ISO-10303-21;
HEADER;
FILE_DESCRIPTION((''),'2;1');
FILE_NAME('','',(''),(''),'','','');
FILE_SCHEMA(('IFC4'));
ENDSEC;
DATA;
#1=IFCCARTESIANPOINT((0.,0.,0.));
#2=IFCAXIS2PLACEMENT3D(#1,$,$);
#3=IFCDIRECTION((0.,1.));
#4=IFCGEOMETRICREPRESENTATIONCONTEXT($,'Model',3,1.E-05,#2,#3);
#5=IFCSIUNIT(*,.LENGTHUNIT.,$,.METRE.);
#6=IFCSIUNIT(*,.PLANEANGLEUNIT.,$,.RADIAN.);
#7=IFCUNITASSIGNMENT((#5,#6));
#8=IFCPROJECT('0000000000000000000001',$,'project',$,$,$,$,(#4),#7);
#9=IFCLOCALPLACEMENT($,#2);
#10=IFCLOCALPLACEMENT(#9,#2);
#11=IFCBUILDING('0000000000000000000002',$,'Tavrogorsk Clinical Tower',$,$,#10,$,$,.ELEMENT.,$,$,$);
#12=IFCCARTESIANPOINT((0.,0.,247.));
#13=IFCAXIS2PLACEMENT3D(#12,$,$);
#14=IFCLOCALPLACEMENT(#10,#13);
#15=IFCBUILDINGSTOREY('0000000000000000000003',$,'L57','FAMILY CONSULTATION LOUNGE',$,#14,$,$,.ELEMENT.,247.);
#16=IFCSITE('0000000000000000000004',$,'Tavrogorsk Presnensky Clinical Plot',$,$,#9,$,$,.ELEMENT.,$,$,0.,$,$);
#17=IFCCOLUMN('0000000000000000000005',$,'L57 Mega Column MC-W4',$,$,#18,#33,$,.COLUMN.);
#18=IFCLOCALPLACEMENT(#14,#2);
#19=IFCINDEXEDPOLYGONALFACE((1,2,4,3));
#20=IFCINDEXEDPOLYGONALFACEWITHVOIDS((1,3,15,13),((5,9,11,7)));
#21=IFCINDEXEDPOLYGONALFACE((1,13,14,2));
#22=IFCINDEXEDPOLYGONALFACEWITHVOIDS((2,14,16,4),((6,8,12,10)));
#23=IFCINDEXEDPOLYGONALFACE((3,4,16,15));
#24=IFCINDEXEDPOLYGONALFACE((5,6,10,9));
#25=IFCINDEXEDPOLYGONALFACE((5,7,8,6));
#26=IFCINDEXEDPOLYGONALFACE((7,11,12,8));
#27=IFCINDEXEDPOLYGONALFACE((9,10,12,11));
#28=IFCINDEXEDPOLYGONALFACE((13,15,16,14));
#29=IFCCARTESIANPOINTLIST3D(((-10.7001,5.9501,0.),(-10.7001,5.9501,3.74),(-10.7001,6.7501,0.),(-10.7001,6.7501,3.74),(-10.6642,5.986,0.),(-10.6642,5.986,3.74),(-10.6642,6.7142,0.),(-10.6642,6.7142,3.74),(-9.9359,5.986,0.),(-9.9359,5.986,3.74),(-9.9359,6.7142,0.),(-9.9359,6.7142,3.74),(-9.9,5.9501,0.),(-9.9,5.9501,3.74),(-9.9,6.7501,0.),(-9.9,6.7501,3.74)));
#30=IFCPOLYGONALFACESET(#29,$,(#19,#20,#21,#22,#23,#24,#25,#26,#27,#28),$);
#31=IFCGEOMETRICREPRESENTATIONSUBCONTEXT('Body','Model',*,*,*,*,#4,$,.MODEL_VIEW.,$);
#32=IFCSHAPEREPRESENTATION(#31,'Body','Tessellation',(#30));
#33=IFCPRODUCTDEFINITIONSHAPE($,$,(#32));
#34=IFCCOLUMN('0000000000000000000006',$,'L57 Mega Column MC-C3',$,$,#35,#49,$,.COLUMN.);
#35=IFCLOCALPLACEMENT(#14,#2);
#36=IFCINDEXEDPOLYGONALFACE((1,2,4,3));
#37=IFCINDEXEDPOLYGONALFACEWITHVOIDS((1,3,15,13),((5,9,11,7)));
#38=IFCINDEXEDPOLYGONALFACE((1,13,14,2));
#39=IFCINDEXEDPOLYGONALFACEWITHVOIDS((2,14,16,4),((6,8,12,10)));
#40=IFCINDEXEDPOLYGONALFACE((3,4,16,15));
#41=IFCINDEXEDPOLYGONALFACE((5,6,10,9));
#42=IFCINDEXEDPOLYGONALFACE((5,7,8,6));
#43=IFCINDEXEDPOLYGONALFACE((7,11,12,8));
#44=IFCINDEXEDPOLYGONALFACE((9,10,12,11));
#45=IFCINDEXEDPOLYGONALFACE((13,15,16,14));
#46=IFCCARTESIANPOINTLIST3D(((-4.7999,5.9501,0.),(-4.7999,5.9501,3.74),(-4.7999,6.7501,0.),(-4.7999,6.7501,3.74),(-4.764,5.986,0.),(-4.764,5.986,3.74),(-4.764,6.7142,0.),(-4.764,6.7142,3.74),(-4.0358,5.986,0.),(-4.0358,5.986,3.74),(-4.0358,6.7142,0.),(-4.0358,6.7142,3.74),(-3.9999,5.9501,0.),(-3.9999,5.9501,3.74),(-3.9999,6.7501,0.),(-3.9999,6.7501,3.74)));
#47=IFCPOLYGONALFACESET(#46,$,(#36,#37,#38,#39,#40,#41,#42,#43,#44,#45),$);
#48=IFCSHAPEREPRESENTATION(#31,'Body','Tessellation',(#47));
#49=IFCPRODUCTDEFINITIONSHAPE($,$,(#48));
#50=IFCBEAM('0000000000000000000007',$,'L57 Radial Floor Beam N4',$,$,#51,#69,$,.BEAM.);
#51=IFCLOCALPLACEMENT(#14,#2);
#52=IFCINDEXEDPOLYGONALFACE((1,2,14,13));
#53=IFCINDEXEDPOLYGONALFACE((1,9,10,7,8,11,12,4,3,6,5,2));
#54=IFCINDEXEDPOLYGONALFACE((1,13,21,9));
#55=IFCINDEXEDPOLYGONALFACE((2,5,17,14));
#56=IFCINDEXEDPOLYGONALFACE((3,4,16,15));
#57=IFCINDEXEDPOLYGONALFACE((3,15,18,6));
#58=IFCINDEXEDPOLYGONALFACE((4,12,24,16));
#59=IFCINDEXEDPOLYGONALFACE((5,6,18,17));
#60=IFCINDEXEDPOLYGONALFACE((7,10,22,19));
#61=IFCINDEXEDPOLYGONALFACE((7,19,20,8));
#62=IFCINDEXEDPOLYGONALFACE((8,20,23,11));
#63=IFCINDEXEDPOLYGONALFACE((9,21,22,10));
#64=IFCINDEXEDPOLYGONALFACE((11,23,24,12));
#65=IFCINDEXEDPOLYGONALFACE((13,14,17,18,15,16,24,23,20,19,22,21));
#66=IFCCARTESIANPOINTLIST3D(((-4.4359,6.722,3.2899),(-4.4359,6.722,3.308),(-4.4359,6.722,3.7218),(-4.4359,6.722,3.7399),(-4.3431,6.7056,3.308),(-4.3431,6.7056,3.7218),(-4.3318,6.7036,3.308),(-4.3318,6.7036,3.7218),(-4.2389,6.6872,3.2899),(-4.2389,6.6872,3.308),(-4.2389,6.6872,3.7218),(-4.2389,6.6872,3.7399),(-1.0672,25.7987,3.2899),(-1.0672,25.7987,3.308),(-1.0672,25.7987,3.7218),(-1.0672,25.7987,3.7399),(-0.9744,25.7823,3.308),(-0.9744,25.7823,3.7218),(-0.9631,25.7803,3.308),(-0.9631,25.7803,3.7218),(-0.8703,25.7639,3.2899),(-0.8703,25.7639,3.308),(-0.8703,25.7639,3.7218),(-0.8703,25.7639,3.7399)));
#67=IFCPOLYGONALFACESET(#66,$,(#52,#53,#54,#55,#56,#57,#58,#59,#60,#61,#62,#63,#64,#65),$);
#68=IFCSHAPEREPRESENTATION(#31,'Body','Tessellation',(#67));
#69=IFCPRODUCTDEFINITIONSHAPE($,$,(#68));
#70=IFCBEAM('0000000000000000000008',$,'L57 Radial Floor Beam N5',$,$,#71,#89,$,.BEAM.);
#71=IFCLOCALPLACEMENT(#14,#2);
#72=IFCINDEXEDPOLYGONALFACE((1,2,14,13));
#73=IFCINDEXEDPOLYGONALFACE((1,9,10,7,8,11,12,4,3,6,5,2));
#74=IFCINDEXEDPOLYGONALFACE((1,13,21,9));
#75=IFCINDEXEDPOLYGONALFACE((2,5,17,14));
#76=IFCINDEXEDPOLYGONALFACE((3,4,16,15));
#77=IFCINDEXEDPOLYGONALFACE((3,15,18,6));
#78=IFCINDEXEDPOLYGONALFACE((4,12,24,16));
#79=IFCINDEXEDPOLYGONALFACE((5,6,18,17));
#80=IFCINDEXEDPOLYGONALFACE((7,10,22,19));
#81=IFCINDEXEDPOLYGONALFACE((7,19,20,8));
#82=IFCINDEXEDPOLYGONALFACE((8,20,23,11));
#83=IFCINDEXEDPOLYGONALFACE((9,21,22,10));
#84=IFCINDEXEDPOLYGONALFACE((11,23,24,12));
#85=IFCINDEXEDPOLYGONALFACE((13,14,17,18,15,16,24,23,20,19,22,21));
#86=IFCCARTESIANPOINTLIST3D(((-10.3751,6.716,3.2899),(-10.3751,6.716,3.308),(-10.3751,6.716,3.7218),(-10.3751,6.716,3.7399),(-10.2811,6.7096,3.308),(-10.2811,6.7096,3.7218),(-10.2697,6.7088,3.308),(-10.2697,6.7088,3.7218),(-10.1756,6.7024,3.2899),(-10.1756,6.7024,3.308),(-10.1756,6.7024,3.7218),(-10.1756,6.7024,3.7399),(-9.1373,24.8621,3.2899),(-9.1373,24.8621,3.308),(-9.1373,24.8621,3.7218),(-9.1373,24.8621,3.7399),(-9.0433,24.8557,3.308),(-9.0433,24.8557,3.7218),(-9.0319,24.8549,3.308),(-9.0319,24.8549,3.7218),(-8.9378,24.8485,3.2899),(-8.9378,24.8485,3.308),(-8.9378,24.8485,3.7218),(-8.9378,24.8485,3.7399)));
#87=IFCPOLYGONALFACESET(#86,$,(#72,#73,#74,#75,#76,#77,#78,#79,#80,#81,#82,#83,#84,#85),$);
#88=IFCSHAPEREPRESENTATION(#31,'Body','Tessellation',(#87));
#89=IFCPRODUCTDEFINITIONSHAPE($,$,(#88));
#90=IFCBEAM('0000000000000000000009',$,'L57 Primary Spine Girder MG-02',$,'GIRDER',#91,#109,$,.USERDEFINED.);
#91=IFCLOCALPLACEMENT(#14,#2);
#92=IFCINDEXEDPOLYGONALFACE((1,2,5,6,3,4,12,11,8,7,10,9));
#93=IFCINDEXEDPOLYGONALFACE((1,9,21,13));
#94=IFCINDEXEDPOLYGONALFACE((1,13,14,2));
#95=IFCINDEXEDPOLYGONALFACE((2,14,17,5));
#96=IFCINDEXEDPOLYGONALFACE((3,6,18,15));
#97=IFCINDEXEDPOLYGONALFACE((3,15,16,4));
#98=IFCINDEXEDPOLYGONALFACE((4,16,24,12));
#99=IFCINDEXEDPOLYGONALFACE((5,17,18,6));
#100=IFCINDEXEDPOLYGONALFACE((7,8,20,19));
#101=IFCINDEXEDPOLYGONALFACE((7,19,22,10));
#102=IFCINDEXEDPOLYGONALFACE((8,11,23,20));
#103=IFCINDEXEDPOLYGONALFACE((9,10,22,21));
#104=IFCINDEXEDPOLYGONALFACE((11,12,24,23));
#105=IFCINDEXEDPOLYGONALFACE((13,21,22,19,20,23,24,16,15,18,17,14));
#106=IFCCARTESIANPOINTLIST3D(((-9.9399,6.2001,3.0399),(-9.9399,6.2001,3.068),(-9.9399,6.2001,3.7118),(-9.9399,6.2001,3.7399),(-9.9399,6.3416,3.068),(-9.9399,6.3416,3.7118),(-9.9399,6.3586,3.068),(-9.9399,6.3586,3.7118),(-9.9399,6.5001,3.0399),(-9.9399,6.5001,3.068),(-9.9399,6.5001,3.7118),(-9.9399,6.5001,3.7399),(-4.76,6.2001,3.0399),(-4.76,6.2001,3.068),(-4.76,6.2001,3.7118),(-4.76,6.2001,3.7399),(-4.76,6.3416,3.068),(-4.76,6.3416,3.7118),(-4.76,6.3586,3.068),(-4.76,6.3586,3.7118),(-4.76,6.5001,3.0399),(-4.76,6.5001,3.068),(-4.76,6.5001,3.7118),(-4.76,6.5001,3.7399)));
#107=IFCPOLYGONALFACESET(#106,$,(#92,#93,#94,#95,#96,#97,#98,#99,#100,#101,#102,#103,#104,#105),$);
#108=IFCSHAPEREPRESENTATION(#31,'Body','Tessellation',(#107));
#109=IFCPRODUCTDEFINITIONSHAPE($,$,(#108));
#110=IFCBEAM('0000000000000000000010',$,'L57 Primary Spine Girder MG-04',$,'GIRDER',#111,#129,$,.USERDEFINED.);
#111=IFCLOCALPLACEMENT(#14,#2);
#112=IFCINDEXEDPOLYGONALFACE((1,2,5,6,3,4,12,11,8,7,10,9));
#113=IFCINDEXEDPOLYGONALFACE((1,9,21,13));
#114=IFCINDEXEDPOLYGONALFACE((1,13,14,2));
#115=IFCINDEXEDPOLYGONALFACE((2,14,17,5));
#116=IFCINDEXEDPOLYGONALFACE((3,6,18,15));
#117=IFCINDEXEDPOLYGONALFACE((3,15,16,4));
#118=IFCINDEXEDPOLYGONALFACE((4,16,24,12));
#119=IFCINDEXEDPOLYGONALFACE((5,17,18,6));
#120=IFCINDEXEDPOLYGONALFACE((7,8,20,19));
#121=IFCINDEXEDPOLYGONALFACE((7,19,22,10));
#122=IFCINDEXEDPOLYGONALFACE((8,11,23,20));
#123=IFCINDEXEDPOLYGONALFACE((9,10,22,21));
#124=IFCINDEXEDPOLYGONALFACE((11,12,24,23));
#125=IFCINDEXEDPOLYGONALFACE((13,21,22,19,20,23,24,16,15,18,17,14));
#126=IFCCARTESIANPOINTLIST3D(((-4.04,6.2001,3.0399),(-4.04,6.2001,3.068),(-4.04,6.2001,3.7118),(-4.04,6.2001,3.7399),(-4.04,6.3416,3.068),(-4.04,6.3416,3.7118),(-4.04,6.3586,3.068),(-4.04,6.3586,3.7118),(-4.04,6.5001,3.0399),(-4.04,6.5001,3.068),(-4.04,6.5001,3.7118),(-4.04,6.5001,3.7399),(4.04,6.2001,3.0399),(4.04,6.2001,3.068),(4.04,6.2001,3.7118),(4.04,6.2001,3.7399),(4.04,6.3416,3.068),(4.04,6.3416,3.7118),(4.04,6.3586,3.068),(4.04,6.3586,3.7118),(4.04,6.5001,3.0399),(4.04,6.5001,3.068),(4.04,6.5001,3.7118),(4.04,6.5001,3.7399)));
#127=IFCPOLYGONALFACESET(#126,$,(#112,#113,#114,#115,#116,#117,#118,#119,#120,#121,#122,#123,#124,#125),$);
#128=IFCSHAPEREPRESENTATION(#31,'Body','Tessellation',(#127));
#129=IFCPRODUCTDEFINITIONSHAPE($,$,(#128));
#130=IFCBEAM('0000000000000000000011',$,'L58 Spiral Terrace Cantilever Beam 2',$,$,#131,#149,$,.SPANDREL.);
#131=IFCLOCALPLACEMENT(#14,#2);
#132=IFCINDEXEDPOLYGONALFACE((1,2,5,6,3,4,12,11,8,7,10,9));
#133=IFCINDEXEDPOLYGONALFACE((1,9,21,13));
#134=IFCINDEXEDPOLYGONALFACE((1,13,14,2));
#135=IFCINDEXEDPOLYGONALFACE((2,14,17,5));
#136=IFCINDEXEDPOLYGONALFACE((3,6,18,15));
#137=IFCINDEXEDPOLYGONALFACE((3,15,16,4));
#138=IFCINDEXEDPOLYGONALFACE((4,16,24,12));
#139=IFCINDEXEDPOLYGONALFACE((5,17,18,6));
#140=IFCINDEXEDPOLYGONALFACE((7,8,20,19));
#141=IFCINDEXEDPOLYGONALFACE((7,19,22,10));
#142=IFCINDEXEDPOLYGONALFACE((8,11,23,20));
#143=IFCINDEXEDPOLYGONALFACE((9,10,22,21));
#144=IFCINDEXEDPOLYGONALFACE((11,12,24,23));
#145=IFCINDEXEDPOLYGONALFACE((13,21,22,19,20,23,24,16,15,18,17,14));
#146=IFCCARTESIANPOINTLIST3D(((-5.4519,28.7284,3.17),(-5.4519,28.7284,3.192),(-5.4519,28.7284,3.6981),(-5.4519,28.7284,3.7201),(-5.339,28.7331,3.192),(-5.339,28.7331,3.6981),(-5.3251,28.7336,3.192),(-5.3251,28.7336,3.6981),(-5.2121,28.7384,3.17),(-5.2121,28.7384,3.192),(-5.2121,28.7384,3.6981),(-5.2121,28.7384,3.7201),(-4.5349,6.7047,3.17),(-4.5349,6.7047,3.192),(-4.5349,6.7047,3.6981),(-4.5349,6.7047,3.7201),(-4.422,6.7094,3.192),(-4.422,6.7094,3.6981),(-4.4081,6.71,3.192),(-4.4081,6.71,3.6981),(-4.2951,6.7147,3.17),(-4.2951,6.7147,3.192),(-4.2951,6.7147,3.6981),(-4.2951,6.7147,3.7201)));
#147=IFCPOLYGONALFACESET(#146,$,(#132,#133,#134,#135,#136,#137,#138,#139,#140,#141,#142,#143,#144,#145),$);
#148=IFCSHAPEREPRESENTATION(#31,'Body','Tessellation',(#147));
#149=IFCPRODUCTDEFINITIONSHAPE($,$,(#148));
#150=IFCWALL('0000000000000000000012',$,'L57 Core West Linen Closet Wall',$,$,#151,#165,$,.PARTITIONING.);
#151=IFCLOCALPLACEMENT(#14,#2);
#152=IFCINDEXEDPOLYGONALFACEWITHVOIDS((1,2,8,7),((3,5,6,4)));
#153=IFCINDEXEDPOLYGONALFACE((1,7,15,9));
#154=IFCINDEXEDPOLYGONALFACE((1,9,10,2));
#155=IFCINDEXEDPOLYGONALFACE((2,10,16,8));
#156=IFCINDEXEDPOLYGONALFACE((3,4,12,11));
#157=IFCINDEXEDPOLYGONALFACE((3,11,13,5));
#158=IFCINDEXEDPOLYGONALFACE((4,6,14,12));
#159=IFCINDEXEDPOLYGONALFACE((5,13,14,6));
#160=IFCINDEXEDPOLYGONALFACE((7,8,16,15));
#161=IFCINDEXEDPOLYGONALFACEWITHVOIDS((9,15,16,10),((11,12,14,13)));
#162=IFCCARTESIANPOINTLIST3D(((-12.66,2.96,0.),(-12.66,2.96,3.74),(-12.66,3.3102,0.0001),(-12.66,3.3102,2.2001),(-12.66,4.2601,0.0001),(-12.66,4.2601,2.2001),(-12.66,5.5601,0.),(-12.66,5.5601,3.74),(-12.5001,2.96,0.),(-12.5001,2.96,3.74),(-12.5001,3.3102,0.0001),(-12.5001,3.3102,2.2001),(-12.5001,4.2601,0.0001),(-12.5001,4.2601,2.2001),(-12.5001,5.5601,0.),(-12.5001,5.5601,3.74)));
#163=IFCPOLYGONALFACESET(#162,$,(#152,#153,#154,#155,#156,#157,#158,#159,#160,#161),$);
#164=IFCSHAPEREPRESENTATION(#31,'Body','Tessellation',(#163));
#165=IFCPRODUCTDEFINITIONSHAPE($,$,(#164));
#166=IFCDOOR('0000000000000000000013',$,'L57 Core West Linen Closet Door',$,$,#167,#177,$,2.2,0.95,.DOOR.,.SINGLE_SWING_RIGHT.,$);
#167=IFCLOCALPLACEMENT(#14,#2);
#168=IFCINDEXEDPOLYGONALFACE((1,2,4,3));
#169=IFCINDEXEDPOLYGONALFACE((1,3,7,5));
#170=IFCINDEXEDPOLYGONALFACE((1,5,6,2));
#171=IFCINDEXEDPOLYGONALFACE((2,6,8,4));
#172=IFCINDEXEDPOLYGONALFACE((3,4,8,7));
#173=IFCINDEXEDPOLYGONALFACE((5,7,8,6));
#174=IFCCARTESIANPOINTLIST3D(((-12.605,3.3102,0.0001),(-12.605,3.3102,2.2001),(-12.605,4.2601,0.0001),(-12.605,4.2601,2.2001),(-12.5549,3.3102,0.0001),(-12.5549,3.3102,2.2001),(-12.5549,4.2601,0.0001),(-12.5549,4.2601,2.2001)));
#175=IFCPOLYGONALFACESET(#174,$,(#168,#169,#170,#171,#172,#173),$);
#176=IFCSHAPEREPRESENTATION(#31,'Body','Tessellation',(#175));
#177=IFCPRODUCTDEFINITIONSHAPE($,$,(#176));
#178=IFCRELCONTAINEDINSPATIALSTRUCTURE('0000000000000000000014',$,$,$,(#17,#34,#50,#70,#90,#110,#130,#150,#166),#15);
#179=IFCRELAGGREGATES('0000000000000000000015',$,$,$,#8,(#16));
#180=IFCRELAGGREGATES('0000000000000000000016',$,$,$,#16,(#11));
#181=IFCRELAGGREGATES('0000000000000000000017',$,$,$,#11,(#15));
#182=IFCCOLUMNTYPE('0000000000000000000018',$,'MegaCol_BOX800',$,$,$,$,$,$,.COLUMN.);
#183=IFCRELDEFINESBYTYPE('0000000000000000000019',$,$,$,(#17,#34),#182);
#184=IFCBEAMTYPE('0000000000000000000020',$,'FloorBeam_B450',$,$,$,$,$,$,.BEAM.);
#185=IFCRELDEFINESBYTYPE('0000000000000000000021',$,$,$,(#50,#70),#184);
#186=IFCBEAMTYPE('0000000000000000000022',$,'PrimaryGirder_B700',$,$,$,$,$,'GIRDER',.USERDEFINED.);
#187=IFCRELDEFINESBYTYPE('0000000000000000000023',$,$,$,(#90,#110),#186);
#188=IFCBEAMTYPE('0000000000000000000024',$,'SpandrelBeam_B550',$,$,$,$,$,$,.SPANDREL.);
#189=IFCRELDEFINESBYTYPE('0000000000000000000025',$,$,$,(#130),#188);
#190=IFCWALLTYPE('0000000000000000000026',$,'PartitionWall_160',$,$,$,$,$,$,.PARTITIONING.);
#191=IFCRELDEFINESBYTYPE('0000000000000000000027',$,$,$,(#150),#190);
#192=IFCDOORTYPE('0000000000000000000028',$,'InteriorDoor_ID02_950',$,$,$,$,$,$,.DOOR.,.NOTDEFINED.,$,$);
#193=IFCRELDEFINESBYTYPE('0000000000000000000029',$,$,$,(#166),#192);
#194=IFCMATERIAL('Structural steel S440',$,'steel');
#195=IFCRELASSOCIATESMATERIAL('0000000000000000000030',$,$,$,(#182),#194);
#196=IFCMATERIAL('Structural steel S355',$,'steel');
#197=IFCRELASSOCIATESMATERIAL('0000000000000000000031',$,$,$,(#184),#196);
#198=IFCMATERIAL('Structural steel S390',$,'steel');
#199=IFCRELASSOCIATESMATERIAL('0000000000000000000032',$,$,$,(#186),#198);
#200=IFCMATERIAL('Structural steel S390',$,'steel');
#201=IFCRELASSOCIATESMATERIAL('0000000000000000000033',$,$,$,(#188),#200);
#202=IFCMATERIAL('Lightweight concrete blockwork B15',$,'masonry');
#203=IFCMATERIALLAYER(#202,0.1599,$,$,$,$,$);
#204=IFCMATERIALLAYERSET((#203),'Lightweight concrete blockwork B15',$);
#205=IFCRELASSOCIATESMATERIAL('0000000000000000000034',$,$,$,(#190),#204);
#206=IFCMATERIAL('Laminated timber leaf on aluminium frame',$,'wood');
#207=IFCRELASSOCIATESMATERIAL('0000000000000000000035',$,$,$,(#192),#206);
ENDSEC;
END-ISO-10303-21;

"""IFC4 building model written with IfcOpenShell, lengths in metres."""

from ifc_helpers import new_model, si_unit, direction, frame, frame_2d, origin, origin_2d, place, context, subcontext, project, spatial, rectangle, hollow_rectangle, i_section, extrude, material, layer, layer_set, material_profile, profile_set, type_object, element, fill, save


model = new_model("IFC4")

# Units and contexts
model_context = context("Model", 3, precision=1e-05, world=origin(), true_north=direction((0.0, 1.0)))
body_context = subcontext(model_context, "Body", "Model", "MODEL_VIEW")
ifc_project = project(units=[si_unit("LENGTHUNIT", "METRE"), si_unit("PLANEANGLEUNIT", "RADIAN")], contexts=[model_context])

# Site, building, storey
site_placement = place(None, origin())
site = spatial("IfcSite", under=ifc_project, at=site_placement, Name="Tavrogorsk Presnensky Clinical Plot", CompositionType="ELEMENT", RefElevation=0.0)
building_placement = place(site_placement, origin())
building = spatial("IfcBuilding", under=site, at=building_placement, Name="Tavrogorsk Clinical Tower", CompositionType="ELEMENT")
storey_placement = place(building_placement, frame((0.0, 0.0, 247.0)))
storey = spatial("IfcBuildingStorey", under=building, at=storey_placement, Name="L57", Description="FAMILY CONSULTATION LOUNGE", CompositionType="ELEMENT", Elevation=247.0)

# Columns
ifc_material_1 = material(Name="Structural steel S440", Category="steel")
ifc_material_profile_1 = material_profile(ifc_material_1, hollow_rectangle(XDim=0.8, YDim=0.8, WallThickness=0.0359, at=origin_2d()), Name="BOX-800x800x36")
ifc_profile_set_1 = profile_set([ifc_material_profile_1], Name="Structural steel S440")
column_type = type_object("IfcColumnType", Name="MegaCol_BOX800", PredefinedType="COLUMN", material=ifc_profile_set_1)
for number, where, z_axis, x_axis, name in (
    (1, (-10.3, 6.3501, 0.0), (0.0, 0.0, 1.0), (1.0, 0.0, 0.0), "L57 Mega Column MC-W4"),
    (2, (-4.3999, 6.3501, 0.0), (0.0, 0.0, 1.0), (1.0, 0.0, 0.0), "L57 Mega Column MC-C3"),
):
    element("IfcColumn", number, at=place(storey_placement, frame(where, z_axis=z_axis, x_axis=x_axis)), inside=storey, type_object=column_type, Name=name, PredefinedType="COLUMN", context=body_context, shape_type="SweptSolid", body=[
        extrude(hollow_rectangle(XDim=0.8, YDim=0.8, WallThickness=0.0359, at=origin_2d()), origin(), (0.0, 0.0, 1.0), 3.74),
    ])

# Beams
ifc_material_2 = material(Name="Structural steel S355", Category="steel")
ifc_material_profile_2 = material_profile(ifc_material_2, i_section(OverallWidth=0.2, OverallDepth=0.45, WebThickness=0.0115, FlangeThickness=0.0181, at=origin_2d()), Name="B-450x200x11.5x18")
ifc_profile_set_2 = profile_set([ifc_material_profile_2], Name="Structural steel S355")
beam_type_1 = type_object("IfcBeamType", Name="FloorBeam_B450", PredefinedType="BEAM", material=ifc_profile_set_2)
beam_1_placement = place(storey_placement, frame((-4.3374, 6.7046, 3.5149), z_axis=(0.173895, 0.984764, 0.0), x_axis=(-0.984764, 0.173895, 0.0)))
element("IfcBeam", 3, at=beam_1_placement, inside=storey, type_object=beam_type_1, Name="L57 Radial Floor Beam N4", PredefinedType="BEAM", context=body_context, shape_type="SweptSolid", body=[
    extrude(i_section(OverallWidth=0.2, OverallDepth=0.45, WebThickness=0.0115, FlangeThickness=0.0181, at=origin_2d()), origin(), (0.0, 0.0, 1.0), 19.3718),
])
beam_2_placement = place(storey_placement, frame((-10.2754, 6.7092, 3.5149), z_axis=(0.068055, 0.997682, 0.0), x_axis=(-0.997682, 0.068055, 0.0)))
element("IfcBeam", 4, at=beam_2_placement, inside=storey, type_object=beam_type_1, Name="L57 Radial Floor Beam N5", PredefinedType="BEAM", context=body_context, shape_type="SweptSolid", body=[
    extrude(i_section(OverallWidth=0.2, OverallDepth=0.45, WebThickness=0.0115, FlangeThickness=0.0181, at=origin_2d()), origin(), (0.0, 0.0, 1.0), 18.1882),
])
ifc_material_3 = material(Name="Structural steel S390", Category="steel")
ifc_material_profile_3 = material_profile(ifc_material_3, i_section(OverallWidth=0.3, OverallDepth=0.7, WebThickness=0.0171, FlangeThickness=0.0281, at=origin_2d()), Name="B-700x300x17x28")
ifc_profile_set_3 = profile_set([ifc_material_profile_3], Name="Structural steel S390")
beam_type_2 = type_object("IfcBeamType", Name="PrimaryGirder_B700", ElementType="GIRDER", PredefinedType="USERDEFINED", material=ifc_profile_set_3)
beam_3_placement = place(storey_placement, frame((-9.9399, 6.3501, 3.3899), z_axis=(1.0, 0.0, 0.0), x_axis=(0.0, 1.0, 0.0)))
element("IfcBeam", 5, at=beam_3_placement, inside=storey, type_object=beam_type_2, Name="L57 Primary Spine Girder MG-02", ObjectType="GIRDER", PredefinedType="USERDEFINED", context=body_context, shape_type="SweptSolid", body=[
    extrude(i_section(OverallWidth=0.3, OverallDepth=0.7, WebThickness=0.0171, FlangeThickness=0.0281, at=origin_2d()), origin(), (0.0, 0.0, 1.0), 5.1799),
])
beam_4_placement = place(storey_placement, frame((-4.04, 6.3501, 3.3899), z_axis=(1.0, 0.0, 0.0), x_axis=(0.0, 1.0, 0.0)))
element("IfcBeam", 6, at=beam_4_placement, inside=storey, type_object=beam_type_2, Name="L57 Primary Spine Girder MG-04", ObjectType="GIRDER", PredefinedType="USERDEFINED", context=body_context, shape_type="SweptSolid", body=[
    extrude(i_section(OverallWidth=0.3, OverallDepth=0.7, WebThickness=0.0171, FlangeThickness=0.0281, at=origin_2d()), origin(), (0.0, 0.0, 1.0), 8.0801),
])
ifc_material_4 = material(Name="Structural steel S390", Category="steel")
ifc_material_profile_4 = material_profile(ifc_material_4, i_section(OverallWidth=0.24, OverallDepth=0.55, WebThickness=0.0139, FlangeThickness=0.022, at=origin_2d()), Name="B-550x240x14x22")
ifc_profile_set_4 = profile_set([ifc_material_profile_4], Name="Structural steel S390")
beam_type_3 = type_object("IfcBeamType", Name="SpandrelBeam_B550", PredefinedType="SPANDREL", material=ifc_profile_set_4)
beam_5_placement = place(storey_placement, frame((-4.415, 6.7097, 3.4451), z_axis=(-0.041601, 0.999134, 0.0), x_axis=(-0.999134, -0.041601, 0.0)))
element("IfcBeam", 7, at=beam_5_placement, inside=storey, type_object=beam_type_3, Name="L58 Spiral Terrace Cantilever Beam 2", PredefinedType="SPANDREL", context=body_context, shape_type="SweptSolid", body=[
    extrude(i_section(OverallWidth=0.24, OverallDepth=0.55, WebThickness=0.0139, FlangeThickness=0.022, at=origin_2d()), origin(), (0.0, 0.0, 1.0), 22.0427),
])

# Wall, opening, door
ifc_material_5 = material(Name="Lightweight concrete blockwork B15", Category="masonry")
ifc_layer_1 = layer(ifc_material_5, 0.1599)
ifc_layer_set_1 = layer_set([ifc_layer_1], Name="Lightweight concrete blockwork B15")
wall_type_1 = type_object("IfcWallType", Name="PartitionWall_160", PredefinedType="PARTITIONING", material=ifc_layer_set_1)
wall_1_placement = place(storey_placement, frame((-12.5801, 2.96, 0.0), z_axis=(0.0, 0.0, 1.0), x_axis=(0.0, 1.0, 0.0)))
wall_1 = element("IfcWall", 8, at=wall_1_placement, inside=storey, type_object=wall_type_1, Name="L57 Core West Linen Closet Wall", PredefinedType="PARTITIONING", context=body_context, shape_type="SweptSolid", body=[
    extrude(rectangle(XDim=2.6001, YDim=0.1599, at=frame_2d((1.3, 0.0))), origin(), (0.0, 0.0, 1.0), 3.74),
])
opening_1_placement = place(wall_1_placement, frame((0.3501, 0.0, 0.0)))
opening_1 = element("IfcOpeningElement", 9, at=opening_1_placement, cuts=wall_1, PredefinedType="OPENING", context=body_context, shape_type="SweptSolid", body=[
    extrude(rectangle(XDim=0.95, YDim=2.2, at=frame_2d((0.4751, 1.1001))), frame((0.0, 0.0898, 0.0), z_axis=(0.0, -1.0, 0.0), x_axis=(1.0, 0.0, 0.0)), (0.0, 0.0, 1.0), 0.1799),
])
ifc_material_6 = material(Name="Laminated timber leaf on aluminium frame", Category="wood")
door_type_1 = type_object("IfcDoorType", Name="InteriorDoor_ID02_950", OperationType="NOTDEFINED", PredefinedType="DOOR", material=ifc_material_6)
door_1_placement = place(opening_1_placement, origin())
door_1 = element("IfcDoor", 10, at=door_1_placement, inside=storey, type_object=door_type_1, Name="L57 Core West Linen Closet Door", OperationType="SINGLE_SWING_RIGHT", OverallHeight=2.2, OverallWidth=0.95, PredefinedType="DOOR", context=body_context, shape_type="SweptSolid", body=[
    extrude(rectangle(XDim=0.95, YDim=2.2, at=frame_2d((0.4751, 1.1001))), frame((0.0, 0.0249, 0.0), z_axis=(0.0, -1.0, 0.0), x_axis=(1.0, 0.0, 0.0)), (0.0, 0.0, 1.0), 0.05),
])
fill(opening_1, door_1)

save(model, "model.ifc")
